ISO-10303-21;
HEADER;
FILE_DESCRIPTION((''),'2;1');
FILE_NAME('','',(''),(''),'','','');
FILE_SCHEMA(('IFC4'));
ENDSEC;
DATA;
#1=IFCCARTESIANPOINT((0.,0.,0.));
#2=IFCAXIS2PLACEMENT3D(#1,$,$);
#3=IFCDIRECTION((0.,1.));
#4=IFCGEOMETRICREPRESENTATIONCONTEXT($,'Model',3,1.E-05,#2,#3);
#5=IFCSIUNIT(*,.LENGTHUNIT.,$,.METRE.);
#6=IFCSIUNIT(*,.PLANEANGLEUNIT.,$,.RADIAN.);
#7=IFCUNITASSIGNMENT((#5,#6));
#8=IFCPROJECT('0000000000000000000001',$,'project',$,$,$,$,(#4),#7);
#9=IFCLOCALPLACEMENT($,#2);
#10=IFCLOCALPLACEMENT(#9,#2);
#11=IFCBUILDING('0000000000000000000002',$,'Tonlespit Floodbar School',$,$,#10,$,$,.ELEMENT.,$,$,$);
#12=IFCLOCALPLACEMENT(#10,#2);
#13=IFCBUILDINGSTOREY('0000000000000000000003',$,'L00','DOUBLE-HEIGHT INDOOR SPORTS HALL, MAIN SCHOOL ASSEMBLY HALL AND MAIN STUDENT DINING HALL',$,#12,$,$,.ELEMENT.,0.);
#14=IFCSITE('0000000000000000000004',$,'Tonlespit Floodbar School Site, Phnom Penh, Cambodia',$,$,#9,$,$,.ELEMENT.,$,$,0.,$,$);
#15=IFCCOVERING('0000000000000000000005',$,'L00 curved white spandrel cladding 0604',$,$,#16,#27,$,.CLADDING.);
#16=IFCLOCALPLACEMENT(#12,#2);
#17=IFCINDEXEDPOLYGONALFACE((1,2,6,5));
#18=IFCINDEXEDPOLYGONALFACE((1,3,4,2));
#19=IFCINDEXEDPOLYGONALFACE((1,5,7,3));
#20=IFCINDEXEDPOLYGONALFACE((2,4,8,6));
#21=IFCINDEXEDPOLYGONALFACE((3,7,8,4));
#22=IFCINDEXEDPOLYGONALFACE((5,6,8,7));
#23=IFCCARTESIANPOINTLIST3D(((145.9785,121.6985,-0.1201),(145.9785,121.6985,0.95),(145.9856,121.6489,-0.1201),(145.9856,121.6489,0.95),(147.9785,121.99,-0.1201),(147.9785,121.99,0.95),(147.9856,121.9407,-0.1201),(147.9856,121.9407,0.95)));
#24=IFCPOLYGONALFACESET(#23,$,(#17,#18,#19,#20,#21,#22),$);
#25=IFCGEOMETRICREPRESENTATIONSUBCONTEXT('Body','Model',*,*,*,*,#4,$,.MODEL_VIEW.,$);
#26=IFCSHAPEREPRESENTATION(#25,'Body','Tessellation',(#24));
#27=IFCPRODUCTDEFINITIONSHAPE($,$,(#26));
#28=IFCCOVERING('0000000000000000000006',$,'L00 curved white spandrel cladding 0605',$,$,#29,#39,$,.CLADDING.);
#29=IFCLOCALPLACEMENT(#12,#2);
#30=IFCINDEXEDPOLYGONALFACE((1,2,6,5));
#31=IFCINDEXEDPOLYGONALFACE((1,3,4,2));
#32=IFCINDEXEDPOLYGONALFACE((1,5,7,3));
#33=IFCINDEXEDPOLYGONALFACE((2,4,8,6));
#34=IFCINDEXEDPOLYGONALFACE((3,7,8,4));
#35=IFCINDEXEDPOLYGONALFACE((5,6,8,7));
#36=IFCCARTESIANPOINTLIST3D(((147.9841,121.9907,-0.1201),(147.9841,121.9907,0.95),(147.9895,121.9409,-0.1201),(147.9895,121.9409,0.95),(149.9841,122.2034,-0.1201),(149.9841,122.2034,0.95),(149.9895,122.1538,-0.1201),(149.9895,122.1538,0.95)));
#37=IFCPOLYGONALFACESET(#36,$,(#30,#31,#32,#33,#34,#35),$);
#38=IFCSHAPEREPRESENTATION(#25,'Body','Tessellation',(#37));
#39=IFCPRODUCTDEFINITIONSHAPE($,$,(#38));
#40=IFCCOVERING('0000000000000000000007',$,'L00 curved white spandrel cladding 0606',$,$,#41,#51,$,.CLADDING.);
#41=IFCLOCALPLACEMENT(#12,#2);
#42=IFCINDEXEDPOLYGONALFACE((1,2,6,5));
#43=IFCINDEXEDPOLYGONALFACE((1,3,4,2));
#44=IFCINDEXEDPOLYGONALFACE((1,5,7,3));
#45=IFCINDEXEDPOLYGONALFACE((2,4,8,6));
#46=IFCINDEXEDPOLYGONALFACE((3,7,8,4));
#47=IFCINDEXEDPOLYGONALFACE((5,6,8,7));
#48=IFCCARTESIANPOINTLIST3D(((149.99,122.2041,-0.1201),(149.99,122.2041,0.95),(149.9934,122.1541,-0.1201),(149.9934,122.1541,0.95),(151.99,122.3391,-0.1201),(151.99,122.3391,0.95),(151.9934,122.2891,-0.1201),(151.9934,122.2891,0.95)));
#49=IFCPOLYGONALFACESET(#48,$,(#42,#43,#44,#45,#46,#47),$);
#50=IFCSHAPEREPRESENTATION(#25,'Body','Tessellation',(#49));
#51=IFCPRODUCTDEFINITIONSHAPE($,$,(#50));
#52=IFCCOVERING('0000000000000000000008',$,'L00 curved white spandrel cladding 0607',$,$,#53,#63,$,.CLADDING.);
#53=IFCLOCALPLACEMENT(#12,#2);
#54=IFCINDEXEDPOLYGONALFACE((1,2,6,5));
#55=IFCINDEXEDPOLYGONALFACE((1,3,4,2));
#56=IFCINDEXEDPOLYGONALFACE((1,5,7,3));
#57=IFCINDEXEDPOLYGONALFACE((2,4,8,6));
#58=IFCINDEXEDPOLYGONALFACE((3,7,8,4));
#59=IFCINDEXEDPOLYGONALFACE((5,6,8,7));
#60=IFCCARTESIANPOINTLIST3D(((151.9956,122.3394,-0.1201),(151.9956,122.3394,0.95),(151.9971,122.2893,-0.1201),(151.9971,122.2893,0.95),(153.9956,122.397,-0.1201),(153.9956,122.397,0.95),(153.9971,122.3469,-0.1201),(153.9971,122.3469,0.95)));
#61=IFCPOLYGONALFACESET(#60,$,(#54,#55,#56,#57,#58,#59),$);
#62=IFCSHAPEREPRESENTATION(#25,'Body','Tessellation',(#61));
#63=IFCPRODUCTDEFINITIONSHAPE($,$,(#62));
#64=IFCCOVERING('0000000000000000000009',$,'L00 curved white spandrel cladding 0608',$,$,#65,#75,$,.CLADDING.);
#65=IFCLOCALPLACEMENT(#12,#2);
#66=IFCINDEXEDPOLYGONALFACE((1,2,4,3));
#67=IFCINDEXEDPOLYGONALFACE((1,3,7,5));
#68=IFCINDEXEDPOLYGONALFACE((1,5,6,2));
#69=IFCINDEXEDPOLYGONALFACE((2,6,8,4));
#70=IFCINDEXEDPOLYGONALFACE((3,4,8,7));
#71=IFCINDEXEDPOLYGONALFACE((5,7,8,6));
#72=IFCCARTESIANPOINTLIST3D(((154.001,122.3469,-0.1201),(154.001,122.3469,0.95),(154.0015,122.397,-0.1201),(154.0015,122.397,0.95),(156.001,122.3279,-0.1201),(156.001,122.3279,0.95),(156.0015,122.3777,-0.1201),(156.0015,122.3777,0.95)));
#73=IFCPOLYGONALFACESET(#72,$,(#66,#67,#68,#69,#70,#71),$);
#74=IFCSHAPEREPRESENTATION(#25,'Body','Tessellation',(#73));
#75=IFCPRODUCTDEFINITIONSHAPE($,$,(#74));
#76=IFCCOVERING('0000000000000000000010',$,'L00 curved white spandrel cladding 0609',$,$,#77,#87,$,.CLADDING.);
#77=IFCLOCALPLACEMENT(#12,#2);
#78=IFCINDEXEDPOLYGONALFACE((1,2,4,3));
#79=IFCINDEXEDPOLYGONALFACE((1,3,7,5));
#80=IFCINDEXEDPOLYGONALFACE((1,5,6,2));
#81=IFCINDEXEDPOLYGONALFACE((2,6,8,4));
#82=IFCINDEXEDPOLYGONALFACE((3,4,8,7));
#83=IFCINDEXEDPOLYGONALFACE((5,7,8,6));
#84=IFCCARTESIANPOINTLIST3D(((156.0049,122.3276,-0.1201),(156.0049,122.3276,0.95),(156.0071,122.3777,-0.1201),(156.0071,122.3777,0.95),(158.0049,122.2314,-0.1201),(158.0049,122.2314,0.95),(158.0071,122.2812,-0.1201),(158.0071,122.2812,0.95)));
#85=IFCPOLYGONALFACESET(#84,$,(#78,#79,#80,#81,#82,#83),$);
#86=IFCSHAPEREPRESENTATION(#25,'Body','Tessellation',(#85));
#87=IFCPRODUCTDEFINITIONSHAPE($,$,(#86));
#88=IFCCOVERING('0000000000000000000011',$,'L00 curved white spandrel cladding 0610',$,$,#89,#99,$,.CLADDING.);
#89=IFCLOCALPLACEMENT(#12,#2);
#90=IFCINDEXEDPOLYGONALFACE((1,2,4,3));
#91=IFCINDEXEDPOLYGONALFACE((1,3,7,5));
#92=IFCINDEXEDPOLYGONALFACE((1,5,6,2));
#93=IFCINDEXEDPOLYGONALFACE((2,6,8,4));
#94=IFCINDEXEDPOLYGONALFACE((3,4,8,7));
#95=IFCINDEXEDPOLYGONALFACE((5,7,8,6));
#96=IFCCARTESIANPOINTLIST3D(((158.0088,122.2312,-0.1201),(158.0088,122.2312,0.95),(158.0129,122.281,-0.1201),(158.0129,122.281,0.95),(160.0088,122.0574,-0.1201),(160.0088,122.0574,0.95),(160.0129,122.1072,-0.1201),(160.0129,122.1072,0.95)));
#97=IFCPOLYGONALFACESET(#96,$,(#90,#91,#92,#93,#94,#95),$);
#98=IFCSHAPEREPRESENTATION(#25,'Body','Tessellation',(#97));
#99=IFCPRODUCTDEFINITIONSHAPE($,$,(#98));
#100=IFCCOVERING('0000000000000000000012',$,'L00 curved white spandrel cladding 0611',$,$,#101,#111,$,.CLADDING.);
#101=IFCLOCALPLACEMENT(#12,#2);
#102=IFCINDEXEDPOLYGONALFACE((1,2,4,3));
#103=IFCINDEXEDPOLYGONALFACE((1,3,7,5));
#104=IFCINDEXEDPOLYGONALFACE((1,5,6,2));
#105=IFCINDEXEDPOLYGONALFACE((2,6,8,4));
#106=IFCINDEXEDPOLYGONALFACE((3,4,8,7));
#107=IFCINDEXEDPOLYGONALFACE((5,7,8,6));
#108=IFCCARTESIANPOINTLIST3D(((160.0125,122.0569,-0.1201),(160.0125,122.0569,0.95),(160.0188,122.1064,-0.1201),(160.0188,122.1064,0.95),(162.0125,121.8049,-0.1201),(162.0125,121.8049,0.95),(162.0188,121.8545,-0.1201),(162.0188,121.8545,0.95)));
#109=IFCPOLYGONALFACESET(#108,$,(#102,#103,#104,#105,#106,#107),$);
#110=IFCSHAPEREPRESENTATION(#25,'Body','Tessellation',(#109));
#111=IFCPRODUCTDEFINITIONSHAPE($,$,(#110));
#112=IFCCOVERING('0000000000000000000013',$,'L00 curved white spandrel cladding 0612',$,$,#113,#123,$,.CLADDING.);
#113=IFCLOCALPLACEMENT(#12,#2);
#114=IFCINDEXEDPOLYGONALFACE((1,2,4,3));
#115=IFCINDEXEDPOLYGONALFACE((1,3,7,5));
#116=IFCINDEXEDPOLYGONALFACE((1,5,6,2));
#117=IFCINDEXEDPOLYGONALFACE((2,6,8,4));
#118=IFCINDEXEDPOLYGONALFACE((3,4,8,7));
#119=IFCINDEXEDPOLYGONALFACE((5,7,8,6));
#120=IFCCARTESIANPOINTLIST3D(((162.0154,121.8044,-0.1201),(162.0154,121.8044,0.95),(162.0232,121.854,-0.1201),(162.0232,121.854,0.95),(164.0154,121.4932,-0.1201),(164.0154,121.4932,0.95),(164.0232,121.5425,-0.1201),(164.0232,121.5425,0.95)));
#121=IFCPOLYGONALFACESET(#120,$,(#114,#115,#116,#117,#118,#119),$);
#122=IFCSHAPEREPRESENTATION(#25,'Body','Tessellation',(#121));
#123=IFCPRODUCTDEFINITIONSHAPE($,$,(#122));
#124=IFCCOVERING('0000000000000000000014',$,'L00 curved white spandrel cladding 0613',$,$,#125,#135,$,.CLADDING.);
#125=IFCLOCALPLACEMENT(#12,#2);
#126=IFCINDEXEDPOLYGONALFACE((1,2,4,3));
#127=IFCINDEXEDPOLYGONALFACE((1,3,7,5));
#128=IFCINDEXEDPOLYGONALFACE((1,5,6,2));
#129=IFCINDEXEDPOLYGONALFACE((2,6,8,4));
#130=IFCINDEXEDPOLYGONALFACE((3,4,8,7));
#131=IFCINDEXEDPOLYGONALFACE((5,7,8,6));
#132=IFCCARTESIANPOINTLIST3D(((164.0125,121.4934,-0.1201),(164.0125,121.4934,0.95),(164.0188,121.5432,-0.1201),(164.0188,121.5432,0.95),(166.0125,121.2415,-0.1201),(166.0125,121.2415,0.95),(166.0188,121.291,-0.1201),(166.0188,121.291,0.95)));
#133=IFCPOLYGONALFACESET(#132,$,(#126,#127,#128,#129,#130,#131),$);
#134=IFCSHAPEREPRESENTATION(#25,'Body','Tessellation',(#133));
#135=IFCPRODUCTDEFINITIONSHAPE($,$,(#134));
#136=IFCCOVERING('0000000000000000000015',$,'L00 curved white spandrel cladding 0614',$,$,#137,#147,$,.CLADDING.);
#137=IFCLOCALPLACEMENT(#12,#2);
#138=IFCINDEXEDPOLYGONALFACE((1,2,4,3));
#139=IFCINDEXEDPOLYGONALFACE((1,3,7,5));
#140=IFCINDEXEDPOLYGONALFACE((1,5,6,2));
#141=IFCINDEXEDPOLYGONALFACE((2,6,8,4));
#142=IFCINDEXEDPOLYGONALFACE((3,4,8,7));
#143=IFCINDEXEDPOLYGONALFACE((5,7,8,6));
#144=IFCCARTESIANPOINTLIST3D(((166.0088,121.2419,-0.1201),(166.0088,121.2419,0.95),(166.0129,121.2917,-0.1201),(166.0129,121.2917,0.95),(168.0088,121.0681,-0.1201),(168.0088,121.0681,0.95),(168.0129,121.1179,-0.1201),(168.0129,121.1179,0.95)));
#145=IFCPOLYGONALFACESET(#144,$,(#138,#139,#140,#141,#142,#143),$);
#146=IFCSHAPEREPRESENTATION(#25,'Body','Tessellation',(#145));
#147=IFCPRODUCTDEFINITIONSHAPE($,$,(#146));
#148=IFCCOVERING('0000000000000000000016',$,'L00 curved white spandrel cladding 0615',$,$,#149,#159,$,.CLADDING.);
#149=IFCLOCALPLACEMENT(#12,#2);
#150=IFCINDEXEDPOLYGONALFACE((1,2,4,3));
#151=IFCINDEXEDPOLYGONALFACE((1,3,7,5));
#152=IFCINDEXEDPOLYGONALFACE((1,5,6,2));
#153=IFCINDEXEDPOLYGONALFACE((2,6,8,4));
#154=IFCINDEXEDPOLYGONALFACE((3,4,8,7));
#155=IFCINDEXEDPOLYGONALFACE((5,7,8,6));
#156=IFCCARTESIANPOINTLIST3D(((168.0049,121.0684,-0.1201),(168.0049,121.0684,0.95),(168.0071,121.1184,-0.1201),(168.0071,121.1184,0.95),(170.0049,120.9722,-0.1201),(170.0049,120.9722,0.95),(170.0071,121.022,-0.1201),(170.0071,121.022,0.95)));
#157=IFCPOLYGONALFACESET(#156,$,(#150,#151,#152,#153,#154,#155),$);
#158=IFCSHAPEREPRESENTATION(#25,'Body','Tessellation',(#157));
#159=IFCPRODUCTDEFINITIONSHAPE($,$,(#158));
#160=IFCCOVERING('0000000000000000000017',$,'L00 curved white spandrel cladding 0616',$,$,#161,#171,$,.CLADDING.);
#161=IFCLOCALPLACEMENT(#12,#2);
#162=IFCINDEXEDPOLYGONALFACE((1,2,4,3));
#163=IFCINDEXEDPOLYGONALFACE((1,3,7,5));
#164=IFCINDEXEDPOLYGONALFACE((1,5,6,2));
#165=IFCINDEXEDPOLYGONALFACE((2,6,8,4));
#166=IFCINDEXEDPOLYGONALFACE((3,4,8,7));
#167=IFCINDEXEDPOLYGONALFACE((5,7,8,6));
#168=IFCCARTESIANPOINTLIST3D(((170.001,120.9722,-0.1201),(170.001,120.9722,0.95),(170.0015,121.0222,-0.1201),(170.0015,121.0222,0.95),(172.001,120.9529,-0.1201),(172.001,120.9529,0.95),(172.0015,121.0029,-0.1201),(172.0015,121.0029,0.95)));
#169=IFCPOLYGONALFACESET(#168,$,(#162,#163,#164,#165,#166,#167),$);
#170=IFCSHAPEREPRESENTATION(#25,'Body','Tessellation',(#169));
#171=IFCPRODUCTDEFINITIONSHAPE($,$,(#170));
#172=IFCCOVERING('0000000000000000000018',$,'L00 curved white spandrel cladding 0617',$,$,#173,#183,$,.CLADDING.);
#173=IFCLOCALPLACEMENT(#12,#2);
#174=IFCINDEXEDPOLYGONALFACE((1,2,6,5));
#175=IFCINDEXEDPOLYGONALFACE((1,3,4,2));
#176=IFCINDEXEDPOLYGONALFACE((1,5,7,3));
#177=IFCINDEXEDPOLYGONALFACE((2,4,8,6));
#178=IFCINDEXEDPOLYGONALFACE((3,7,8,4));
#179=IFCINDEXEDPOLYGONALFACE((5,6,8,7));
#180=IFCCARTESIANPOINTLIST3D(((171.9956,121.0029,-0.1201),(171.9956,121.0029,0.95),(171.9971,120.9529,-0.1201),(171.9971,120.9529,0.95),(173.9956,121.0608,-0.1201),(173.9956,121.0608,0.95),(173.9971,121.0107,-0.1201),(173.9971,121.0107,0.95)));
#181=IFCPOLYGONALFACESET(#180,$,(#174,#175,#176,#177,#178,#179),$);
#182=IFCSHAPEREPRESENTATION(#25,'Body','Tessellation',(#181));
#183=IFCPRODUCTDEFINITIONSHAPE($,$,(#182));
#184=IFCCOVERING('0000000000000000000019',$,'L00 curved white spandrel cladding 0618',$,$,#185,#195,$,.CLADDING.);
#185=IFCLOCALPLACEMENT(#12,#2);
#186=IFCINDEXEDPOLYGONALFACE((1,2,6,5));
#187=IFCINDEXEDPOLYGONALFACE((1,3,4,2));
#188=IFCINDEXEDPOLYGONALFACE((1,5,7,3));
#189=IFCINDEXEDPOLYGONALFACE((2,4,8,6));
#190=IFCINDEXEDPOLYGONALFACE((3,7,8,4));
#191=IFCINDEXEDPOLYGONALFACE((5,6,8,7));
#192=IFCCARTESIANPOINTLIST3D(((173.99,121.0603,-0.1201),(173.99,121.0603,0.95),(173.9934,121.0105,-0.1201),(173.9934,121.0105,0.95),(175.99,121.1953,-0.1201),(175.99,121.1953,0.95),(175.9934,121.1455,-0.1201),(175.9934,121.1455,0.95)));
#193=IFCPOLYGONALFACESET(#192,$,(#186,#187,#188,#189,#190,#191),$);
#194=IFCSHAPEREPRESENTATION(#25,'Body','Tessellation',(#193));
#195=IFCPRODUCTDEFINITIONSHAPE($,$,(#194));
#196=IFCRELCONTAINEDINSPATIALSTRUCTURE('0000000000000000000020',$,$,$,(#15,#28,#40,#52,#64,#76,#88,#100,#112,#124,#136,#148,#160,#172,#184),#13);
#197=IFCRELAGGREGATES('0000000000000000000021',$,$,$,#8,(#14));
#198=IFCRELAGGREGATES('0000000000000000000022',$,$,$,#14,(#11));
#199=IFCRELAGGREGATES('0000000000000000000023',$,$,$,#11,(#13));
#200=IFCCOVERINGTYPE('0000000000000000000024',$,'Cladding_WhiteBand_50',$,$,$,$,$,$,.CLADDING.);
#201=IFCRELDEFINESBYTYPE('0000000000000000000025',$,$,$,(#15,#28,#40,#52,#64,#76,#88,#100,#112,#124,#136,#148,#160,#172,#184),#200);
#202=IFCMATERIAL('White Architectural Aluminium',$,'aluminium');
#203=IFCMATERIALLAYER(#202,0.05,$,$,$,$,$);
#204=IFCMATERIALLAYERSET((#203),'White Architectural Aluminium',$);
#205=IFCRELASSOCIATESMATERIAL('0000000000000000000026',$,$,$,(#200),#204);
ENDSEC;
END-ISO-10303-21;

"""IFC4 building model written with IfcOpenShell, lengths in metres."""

from ifc_helpers import new_model, si_unit, direction, frame, origin, place, context, subcontext, project, spatial, polyline, outline, extrude, material, layer, layer_set, type_object, element, save


model = new_model("IFC4")

# Units and contexts
model_context = context("Model", 3, precision=1e-05, world=origin(), true_north=direction((0.0, 1.0)))
body_context = subcontext(model_context, "Body", "Model", "MODEL_VIEW")
ifc_project = project(units=[si_unit("LENGTHUNIT", "METRE"), si_unit("PLANEANGLEUNIT", "RADIAN")], contexts=[model_context])

# Site, building, storey
site_placement = place(None, origin())
site = spatial("IfcSite", under=ifc_project, at=site_placement, Name="Tonlespit Floodbar School Site, Phnom Penh, Cambodia", CompositionType="ELEMENT", RefElevation=0.0)
building_placement = place(site_placement, origin())
building = spatial("IfcBuilding", under=site, at=building_placement, Name="Tonlespit Floodbar School", CompositionType="ELEMENT")
storey_placement = place(building_placement, origin())
storey = spatial("IfcBuildingStorey", under=building, at=storey_placement, Name="L00", Description="DOUBLE-HEIGHT INDOOR SPORTS HALL, MAIN SCHOOL ASSEMBLY HALL AND MAIN STUDENT DINING HALL", CompositionType="ELEMENT", Elevation=0.0)

# Coverings
ifc_material = material(Name="White Architectural Aluminium", Category="aluminium")
ifc_layer = layer(ifc_material, 0.05)
ifc_layer_set = layer_set([ifc_layer], Name="White Architectural Aluminium")
covering_type = type_object("IfcCoveringType", Name="Cladding_WhiteBand_50", PredefinedType="CLADDING", material=ifc_layer_set)
covering_1_placement = place(storey_placement, frame((0.0, 0.0, -0.1201)))
element("IfcCovering", 1, at=covering_1_placement, inside=storey, type_object=covering_type, Name="L00 curved white spandrel cladding 0604", PredefinedType="CLADDING", context=body_context, shape_type="SweptSolid", body=[
    extrude(outline(polyline([(145.9856, 121.6489), (147.9856, 121.9407), (147.9785, 121.99), (145.9785, 121.6985), (145.9856, 121.6489)])), origin(), (0.0, 0.0, 1.0), 1.0701),
])
covering_2_placement = place(storey_placement, frame((0.0, 0.0, -0.1201)))
element("IfcCovering", 2, at=covering_2_placement, inside=storey, type_object=covering_type, Name="L00 curved white spandrel cladding 0605", PredefinedType="CLADDING", context=body_context, shape_type="SweptSolid", body=[
    extrude(outline(polyline([(147.9895, 121.9409), (149.9895, 122.1538), (149.9841, 122.2034), (147.9841, 121.9907), (147.9895, 121.9409)])), origin(), (0.0, 0.0, 1.0), 1.0701),
])
covering_3_placement = place(storey_placement, frame((0.0, 0.0, -0.1201)))
element("IfcCovering", 3, at=covering_3_placement, inside=storey, type_object=covering_type, Name="L00 curved white spandrel cladding 0606", PredefinedType="CLADDING", context=body_context, shape_type="SweptSolid", body=[
    extrude(outline(polyline([(149.9934, 122.1541), (151.9934, 122.2891), (151.99, 122.3391), (149.99, 122.2041), (149.9934, 122.1541)])), origin(), (0.0, 0.0, 1.0), 1.0701),
])
covering_4_placement = place(storey_placement, frame((0.0, 0.0, -0.1201)))
element("IfcCovering", 4, at=covering_4_placement, inside=storey, type_object=covering_type, Name="L00 curved white spandrel cladding 0607", PredefinedType="CLADDING", context=body_context, shape_type="SweptSolid", body=[
    extrude(outline(polyline([(151.9971, 122.2893), (153.9971, 122.3469), (153.9956, 122.397), (151.9956, 122.3394), (151.9971, 122.2893)])), origin(), (0.0, 0.0, 1.0), 1.0701),
])
covering_5_placement = place(storey_placement, frame((0.0, 0.0, -0.1201)))
element("IfcCovering", 5, at=covering_5_placement, inside=storey, type_object=covering_type, Name="L00 curved white spandrel cladding 0608", PredefinedType="CLADDING", context=body_context, shape_type="SweptSolid", body=[
    extrude(outline(polyline([(154.001, 122.3469), (156.001, 122.3279), (156.0015, 122.3777), (154.0015, 122.397), (154.001, 122.3469)])), origin(), (0.0, 0.0, 1.0), 1.0701),
])
covering_6_placement = place(storey_placement, frame((0.0, 0.0, -0.1201)))
element("IfcCovering", 6, at=covering_6_placement, inside=storey, type_object=covering_type, Name="L00 curved white spandrel cladding 0609", PredefinedType="CLADDING", context=body_context, shape_type="SweptSolid", body=[
    extrude(outline(polyline([(156.0049, 122.3276), (158.0049, 122.2314), (158.0071, 122.2812), (156.0071, 122.3777), (156.0049, 122.3276)])), origin(), (0.0, 0.0, 1.0), 1.0701),
])
covering_7_placement = place(storey_placement, frame((0.0, 0.0, -0.1201)))
element("IfcCovering", 7, at=covering_7_placement, inside=storey, type_object=covering_type, Name="L00 curved white spandrel cladding 0610", PredefinedType="CLADDING", context=body_context, shape_type="SweptSolid", body=[
    extrude(outline(polyline([(158.0088, 122.2312), (160.0088, 122.0574), (160.0129, 122.1072), (158.0129, 122.281), (158.0088, 122.2312)])), origin(), (0.0, 0.0, 1.0), 1.0701),
])
covering_8_placement = place(storey_placement, frame((0.0, 0.0, -0.1201)))
element("IfcCovering", 8, at=covering_8_placement, inside=storey, type_object=covering_type, Name="L00 curved white spandrel cladding 0611", PredefinedType="CLADDING", context=body_context, shape_type="SweptSolid", body=[
    extrude(outline(polyline([(160.0125, 122.0569), (162.0125, 121.8049), (162.0188, 121.8545), (160.0188, 122.1064), (160.0125, 122.0569)])), origin(), (0.0, 0.0, 1.0), 1.0701),
])
covering_9_placement = place(storey_placement, frame((0.0, 0.0, -0.1201)))
element("IfcCovering", 9, at=covering_9_placement, inside=storey, type_object=covering_type, Name="L00 curved white spandrel cladding 0612", PredefinedType="CLADDING", context=body_context, shape_type="SweptSolid", body=[
    extrude(outline(polyline([(162.0154, 121.8044), (164.0154, 121.4932), (164.0232, 121.5425), (162.0232, 121.854), (162.0154, 121.8044)])), origin(), (0.0, 0.0, 1.0), 1.0701),
])
covering_10_placement = place(storey_placement, frame((0.0, 0.0, -0.1201)))
element("IfcCovering", 10, at=covering_10_placement, inside=storey, type_object=covering_type, Name="L00 curved white spandrel cladding 0613", PredefinedType="CLADDING", context=body_context, shape_type="SweptSolid", body=[
    extrude(outline(polyline([(164.0125, 121.4934), (166.0125, 121.2415), (166.0188, 121.291), (164.0188, 121.5432), (164.0125, 121.4934)])), origin(), (0.0, 0.0, 1.0), 1.0701),
])
covering_11_placement = place(storey_placement, frame((0.0, 0.0, -0.1201)))
element("IfcCovering", 11, at=covering_11_placement, inside=storey, type_object=covering_type, Name="L00 curved white spandrel cladding 0614", PredefinedType="CLADDING", context=body_context, shape_type="SweptSolid", body=[
    extrude(outline(polyline([(166.0088, 121.2419), (168.0088, 121.0681), (168.0129, 121.1179), (166.0129, 121.2917), (166.0088, 121.2419)])), origin(), (0.0, 0.0, 1.0), 1.0701),
])
covering_12_placement = place(storey_placement, frame((0.0, 0.0, -0.1201)))
element("IfcCovering", 12, at=covering_12_placement, inside=storey, type_object=covering_type, Name="L00 curved white spandrel cladding 0615", PredefinedType="CLADDING", context=body_context, shape_type="SweptSolid", body=[
    extrude(outline(polyline([(168.0049, 121.0684), (170.0049, 120.9722), (170.0071, 121.022), (168.0071, 121.1184), (168.0049, 121.0684)])), origin(), (0.0, 0.0, 1.0), 1.0701),
])
covering_13_placement = place(storey_placement, frame((0.0, 0.0, -0.1201)))
element("IfcCovering", 13, at=covering_13_placement, inside=storey, type_object=covering_type, Name="L00 curved white spandrel cladding 0616", PredefinedType="CLADDING", context=body_context, shape_type="SweptSolid", body=[
    extrude(outline(polyline([(170.001, 120.9722), (172.001, 120.9529), (172.0015, 121.0029), (170.0015, 121.0222), (170.001, 120.9722)])), origin(), (0.0, 0.0, 1.0), 1.0701),
])
covering_14_placement = place(storey_placement, frame((0.0, 0.0, -0.1201)))
element("IfcCovering", 14, at=covering_14_placement, inside=storey, type_object=covering_type, Name="L00 curved white spandrel cladding 0617", PredefinedType="CLADDING", context=body_context, shape_type="SweptSolid", body=[
    extrude(outline(polyline([(171.9971, 120.9529), (173.9971, 121.0107), (173.9956, 121.0608), (171.9956, 121.0029), (171.9971, 120.9529)])), origin(), (0.0, 0.0, 1.0), 1.0701),
])
covering_15_placement = place(storey_placement, frame((0.0, 0.0, -0.1201)))
element("IfcCovering", 15, at=covering_15_placement, inside=storey, type_object=covering_type, Name="L00 curved white spandrel cladding 0618", PredefinedType="CLADDING", context=body_context, shape_type="SweptSolid", body=[
    extrude(outline(polyline([(173.9934, 121.0105), (175.9934, 121.1455), (175.99, 121.1953), (173.99, 121.0603), (173.9934, 121.0105)])), origin(), (0.0, 0.0, 1.0), 1.0701),
])

save(model, "model.ifc")
